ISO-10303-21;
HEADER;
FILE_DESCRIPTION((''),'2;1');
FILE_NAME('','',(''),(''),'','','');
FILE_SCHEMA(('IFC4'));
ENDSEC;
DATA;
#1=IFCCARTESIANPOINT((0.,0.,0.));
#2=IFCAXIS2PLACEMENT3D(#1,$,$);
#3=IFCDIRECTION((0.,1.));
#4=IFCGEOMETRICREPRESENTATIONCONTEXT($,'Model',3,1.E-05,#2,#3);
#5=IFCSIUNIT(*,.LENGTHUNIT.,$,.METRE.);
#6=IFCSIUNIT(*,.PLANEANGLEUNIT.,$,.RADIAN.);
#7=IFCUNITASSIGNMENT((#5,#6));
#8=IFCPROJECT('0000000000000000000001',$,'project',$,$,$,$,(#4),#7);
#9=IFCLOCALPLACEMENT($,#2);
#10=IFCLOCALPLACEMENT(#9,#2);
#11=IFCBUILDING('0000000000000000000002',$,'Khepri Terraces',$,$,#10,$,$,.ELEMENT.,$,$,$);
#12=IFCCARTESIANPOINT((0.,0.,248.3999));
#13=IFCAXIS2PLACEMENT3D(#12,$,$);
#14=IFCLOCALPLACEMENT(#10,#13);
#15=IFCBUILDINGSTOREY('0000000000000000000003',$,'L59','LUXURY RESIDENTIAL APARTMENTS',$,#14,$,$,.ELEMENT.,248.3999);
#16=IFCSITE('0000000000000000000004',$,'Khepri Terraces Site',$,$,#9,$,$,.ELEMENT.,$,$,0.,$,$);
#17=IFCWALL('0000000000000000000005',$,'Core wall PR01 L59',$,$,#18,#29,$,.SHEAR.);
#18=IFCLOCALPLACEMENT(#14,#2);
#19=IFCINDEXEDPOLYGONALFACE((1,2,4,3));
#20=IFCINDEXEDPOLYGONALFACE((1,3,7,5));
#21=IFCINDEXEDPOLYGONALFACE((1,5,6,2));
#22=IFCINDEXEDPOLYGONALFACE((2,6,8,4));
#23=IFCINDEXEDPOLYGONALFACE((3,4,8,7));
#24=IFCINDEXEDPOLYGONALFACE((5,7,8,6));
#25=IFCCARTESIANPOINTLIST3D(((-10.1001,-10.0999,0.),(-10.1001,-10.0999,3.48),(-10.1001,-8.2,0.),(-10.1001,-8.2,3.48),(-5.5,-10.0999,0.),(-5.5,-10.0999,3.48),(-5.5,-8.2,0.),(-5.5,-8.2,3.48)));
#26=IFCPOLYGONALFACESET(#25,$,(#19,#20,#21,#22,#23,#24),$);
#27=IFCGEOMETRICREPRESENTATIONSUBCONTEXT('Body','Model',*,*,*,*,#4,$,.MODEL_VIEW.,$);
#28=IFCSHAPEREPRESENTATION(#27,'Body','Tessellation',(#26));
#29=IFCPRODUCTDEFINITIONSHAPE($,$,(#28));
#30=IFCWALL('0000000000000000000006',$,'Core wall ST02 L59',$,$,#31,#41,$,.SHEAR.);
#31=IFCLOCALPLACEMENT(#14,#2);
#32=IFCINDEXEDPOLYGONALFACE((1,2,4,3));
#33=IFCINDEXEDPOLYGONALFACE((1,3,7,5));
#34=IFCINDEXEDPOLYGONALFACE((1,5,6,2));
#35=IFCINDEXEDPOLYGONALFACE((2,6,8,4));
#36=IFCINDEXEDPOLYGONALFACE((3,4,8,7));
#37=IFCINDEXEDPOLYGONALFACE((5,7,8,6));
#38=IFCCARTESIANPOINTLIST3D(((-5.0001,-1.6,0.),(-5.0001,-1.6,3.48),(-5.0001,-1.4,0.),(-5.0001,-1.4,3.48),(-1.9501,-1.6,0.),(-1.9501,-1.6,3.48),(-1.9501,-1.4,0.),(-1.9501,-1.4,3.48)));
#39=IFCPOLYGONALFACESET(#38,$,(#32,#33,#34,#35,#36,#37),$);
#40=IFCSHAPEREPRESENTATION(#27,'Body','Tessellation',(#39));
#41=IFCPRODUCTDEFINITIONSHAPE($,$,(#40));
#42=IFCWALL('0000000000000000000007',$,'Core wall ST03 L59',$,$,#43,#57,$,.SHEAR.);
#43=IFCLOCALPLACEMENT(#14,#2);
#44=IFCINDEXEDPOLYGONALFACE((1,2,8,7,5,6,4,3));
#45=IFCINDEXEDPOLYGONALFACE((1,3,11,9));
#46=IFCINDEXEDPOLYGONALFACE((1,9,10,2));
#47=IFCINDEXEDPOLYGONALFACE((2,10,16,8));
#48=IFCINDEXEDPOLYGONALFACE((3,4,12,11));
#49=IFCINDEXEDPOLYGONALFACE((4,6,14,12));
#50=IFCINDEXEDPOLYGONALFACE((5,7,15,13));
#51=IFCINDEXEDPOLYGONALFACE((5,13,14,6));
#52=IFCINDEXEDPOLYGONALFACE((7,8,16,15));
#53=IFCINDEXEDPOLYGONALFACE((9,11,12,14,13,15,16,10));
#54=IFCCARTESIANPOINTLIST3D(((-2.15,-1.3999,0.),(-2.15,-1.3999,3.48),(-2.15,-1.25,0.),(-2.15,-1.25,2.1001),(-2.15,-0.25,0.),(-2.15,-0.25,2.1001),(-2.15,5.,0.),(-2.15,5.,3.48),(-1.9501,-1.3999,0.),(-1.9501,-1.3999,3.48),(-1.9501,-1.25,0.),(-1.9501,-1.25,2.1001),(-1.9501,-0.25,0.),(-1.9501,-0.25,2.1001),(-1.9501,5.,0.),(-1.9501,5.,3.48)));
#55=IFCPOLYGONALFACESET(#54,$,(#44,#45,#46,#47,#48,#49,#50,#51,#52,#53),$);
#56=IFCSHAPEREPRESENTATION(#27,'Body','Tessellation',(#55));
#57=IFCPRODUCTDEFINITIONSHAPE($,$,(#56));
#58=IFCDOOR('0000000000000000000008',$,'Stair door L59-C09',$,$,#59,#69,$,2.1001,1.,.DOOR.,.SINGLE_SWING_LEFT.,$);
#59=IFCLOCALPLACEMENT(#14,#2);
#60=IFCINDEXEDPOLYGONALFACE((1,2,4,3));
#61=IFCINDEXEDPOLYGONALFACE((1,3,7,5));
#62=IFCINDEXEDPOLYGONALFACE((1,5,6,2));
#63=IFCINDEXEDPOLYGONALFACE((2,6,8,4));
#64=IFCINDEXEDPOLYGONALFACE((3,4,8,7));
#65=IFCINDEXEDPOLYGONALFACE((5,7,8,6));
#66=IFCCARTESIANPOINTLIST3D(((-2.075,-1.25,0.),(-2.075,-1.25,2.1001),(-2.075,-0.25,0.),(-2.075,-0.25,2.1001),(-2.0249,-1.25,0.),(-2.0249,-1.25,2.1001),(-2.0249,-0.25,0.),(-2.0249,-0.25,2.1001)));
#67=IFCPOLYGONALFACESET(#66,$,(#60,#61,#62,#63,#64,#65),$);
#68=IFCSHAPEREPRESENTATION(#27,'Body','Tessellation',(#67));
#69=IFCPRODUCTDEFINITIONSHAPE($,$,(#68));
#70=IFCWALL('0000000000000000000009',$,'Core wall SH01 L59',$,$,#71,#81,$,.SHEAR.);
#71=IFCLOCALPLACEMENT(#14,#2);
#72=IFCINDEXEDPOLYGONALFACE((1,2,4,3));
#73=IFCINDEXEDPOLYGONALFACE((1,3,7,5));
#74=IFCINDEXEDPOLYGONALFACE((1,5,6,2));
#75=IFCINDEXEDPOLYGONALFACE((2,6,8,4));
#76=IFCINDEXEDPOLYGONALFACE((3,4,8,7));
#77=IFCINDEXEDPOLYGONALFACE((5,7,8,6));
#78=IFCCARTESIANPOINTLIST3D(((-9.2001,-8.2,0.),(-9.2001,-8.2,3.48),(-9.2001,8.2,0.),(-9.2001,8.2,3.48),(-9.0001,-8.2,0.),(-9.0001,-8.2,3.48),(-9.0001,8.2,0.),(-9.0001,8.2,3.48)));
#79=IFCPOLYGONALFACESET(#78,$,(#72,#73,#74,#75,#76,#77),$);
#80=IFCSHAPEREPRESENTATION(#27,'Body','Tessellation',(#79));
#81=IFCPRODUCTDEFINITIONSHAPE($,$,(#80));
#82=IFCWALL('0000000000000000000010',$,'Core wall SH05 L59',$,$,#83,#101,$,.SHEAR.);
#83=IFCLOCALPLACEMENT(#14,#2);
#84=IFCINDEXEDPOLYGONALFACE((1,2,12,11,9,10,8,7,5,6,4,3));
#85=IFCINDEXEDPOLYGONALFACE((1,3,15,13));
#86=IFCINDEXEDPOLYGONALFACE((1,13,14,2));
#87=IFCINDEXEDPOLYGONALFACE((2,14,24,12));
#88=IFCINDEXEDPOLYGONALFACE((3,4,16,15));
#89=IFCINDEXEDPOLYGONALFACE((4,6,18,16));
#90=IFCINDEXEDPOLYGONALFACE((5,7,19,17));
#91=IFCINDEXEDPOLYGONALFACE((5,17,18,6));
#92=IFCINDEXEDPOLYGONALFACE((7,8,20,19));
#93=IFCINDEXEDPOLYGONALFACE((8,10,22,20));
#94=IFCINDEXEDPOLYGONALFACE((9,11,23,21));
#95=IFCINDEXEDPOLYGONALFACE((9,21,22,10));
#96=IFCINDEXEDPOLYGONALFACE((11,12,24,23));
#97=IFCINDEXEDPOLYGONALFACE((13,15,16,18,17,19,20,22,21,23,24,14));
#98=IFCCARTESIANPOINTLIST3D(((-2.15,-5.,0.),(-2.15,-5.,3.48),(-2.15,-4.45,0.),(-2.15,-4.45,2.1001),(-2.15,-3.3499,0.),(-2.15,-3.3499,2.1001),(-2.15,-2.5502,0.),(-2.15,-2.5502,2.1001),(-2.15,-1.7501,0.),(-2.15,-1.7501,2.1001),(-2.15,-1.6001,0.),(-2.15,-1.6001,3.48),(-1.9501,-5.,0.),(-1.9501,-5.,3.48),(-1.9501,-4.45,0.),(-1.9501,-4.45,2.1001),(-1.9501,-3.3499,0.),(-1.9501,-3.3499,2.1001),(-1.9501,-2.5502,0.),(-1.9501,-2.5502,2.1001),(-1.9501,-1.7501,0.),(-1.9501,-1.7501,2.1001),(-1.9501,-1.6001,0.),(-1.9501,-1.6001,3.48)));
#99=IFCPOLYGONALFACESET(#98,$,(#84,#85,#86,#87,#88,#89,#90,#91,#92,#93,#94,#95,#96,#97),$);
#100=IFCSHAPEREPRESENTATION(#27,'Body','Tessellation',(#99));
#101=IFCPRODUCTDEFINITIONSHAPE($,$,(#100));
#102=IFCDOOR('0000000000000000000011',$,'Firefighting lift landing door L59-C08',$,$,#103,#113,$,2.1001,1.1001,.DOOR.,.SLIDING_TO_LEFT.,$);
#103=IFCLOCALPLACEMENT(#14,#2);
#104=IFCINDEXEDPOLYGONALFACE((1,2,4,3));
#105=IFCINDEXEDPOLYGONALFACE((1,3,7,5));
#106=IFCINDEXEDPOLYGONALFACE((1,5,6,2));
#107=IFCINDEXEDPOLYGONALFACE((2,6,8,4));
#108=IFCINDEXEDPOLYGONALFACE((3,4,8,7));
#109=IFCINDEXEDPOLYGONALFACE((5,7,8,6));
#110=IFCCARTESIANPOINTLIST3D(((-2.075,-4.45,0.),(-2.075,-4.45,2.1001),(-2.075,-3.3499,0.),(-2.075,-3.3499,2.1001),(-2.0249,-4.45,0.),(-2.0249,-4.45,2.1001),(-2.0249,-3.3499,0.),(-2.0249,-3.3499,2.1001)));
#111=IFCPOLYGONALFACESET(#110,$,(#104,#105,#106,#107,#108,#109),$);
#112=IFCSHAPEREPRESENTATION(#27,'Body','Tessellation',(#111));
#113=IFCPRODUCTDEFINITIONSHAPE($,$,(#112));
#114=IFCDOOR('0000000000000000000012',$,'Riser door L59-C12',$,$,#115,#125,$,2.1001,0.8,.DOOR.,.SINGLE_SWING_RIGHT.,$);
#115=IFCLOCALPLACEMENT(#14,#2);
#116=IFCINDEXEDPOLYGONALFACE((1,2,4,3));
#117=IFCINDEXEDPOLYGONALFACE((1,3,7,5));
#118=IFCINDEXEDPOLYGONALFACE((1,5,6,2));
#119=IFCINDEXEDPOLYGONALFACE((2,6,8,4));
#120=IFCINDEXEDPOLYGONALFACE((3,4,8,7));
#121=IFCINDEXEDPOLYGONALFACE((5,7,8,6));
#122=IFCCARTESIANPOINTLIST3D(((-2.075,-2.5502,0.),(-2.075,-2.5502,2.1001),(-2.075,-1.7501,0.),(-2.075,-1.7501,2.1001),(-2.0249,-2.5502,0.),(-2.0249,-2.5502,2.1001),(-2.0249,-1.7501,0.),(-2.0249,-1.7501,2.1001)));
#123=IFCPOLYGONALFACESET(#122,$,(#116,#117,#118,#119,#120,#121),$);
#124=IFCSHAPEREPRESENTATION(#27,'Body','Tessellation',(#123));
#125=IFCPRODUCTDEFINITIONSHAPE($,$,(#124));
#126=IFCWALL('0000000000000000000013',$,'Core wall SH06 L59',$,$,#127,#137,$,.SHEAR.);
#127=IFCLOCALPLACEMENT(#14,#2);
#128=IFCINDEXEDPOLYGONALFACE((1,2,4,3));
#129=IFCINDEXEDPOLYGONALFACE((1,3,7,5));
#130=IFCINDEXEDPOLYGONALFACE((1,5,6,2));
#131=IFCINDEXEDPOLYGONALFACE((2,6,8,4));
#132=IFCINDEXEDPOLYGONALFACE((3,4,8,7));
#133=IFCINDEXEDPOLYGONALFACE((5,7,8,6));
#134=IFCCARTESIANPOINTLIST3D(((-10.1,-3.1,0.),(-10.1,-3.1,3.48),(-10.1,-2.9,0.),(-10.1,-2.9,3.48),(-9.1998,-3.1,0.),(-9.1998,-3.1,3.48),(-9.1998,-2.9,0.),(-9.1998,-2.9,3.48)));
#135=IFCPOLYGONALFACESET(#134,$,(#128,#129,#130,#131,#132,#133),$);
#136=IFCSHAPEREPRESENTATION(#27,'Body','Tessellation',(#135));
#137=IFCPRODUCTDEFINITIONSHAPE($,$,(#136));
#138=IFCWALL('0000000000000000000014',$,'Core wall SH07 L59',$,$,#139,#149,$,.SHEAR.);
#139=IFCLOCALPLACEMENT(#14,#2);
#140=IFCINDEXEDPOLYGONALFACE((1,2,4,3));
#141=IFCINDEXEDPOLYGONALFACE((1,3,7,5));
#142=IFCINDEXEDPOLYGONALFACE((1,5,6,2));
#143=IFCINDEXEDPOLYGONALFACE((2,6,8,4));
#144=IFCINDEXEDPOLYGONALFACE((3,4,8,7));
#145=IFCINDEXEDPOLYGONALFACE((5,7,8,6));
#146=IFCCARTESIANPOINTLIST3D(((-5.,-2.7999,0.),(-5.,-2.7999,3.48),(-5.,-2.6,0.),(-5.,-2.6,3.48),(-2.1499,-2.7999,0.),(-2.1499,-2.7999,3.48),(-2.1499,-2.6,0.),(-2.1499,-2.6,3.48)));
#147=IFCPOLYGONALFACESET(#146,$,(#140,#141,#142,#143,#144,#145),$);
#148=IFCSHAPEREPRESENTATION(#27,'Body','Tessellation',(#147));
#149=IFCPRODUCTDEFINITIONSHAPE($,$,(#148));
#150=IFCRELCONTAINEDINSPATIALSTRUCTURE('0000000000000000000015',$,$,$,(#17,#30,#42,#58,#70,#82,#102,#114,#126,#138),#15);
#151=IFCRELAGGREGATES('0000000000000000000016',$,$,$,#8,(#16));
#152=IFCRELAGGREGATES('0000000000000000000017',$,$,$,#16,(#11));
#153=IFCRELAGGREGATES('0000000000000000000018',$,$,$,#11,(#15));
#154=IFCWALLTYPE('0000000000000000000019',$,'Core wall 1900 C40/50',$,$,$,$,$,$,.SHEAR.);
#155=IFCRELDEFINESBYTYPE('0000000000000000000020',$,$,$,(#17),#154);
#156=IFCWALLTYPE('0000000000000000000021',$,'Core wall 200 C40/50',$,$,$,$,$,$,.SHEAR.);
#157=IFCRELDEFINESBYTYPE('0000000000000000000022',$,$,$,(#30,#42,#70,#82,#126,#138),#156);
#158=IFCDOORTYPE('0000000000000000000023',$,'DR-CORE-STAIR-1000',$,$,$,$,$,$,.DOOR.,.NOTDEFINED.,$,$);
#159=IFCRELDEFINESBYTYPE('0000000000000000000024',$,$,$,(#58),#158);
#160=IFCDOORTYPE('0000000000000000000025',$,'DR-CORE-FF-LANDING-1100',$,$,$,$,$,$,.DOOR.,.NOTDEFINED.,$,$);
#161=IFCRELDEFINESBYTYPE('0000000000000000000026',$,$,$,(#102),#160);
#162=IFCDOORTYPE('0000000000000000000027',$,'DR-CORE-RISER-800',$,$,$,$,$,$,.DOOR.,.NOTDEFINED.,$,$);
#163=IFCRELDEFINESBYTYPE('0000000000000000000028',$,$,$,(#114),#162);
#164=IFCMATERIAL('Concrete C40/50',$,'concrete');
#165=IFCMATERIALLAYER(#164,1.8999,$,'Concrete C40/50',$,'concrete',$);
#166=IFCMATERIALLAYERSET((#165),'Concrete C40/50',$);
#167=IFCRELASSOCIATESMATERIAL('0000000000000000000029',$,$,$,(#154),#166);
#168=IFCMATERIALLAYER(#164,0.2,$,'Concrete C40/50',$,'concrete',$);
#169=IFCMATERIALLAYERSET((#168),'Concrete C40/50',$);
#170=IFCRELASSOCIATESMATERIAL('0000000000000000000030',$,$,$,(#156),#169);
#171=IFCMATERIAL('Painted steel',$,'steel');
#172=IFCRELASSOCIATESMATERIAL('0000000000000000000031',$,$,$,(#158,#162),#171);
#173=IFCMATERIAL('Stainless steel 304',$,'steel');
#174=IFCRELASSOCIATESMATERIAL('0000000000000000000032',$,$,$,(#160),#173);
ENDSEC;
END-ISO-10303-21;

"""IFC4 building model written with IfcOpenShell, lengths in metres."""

from ifc_helpers import new_model, si_unit, direction, frame, frame_2d, origin, place, context, subcontext, project, spatial, rectangle, extrude, material, layer, layer_set, type_object, element, fill, save


model = new_model("IFC4")

# Units and contexts
model_context = context("Model", 3, precision=1e-05, world=origin(), true_north=direction((0.0, 1.0)))
body_context = subcontext(model_context, "Body", "Model", "MODEL_VIEW")
ifc_project = project(units=[si_unit("LENGTHUNIT", "METRE"), si_unit("PLANEANGLEUNIT", "RADIAN")], contexts=[model_context])

# Site, building, storey
site_placement = place(None, origin())
site = spatial("IfcSite", under=ifc_project, at=site_placement, Name="Khepri Terraces Site", CompositionType="ELEMENT", RefElevation=0.0)
building_placement = place(site_placement, origin())
building = spatial("IfcBuilding", under=site, at=building_placement, Name="Khepri Terraces", CompositionType="ELEMENT")
storey_placement = place(building_placement, frame((0.0, 0.0, 248.3999)))
storey = spatial("IfcBuildingStorey", under=building, at=storey_placement, Name="L59", Description="LUXURY RESIDENTIAL APARTMENTS", CompositionType="ELEMENT", Elevation=248.3999)

# Walls
ifc_material_1 = material(Name="Concrete C40/50", Category="concrete")
ifc_layer_1 = layer(ifc_material_1, 1.8999, Name="Concrete C40/50", Category="concrete")
ifc_layer_set_1 = layer_set([ifc_layer_1], Name="Concrete C40/50")
wall_type_1 = type_object("IfcWallType", Name="Core wall 1900 C40/50", PredefinedType="SHEAR", material=ifc_layer_set_1)
wall_1_placement = place(storey_placement, frame((-10.1001, -9.1499, 0.0), z_axis=(0.0, 0.0, 1.0), x_axis=(1.0, 0.0, 0.0)))
element("IfcWall", 1, at=wall_1_placement, inside=storey, type_object=wall_type_1, Name="Core wall PR01 L59", PredefinedType="SHEAR", context=body_context, shape_type="SweptSolid", body=[
    extrude(rectangle(XDim=4.6001, YDim=1.8999, at=frame_2d((2.3, 0.0))), origin(), (0.0, 0.0, 1.0), 3.48),
])
ifc_layer_2 = layer(ifc_material_1, 0.2, Name="Concrete C40/50", Category="concrete")
ifc_layer_set_2 = layer_set([ifc_layer_2], Name="Concrete C40/50")
wall_type_2 = type_object("IfcWallType", Name="Core wall 200 C40/50", PredefinedType="SHEAR", material=ifc_layer_set_2)
wall_2_placement = place(storey_placement, frame((-5.0, -1.5, 0.0), z_axis=(0.0, 0.0, 1.0), x_axis=(1.0, 0.0, 0.0)))
element("IfcWall", 2, at=wall_2_placement, inside=storey, type_object=wall_type_2, Name="Core wall ST02 L59", PredefinedType="SHEAR", context=body_context, shape_type="SweptSolid", body=[
    extrude(rectangle(XDim=3.05, YDim=0.2, at=frame_2d((1.5249, 0.0))), origin(), (0.0, 0.0, 1.0), 3.48),
])

# Wall, opening, door
wall_3_placement = place(storey_placement, frame((-2.05, -1.3999, 0.0), z_axis=(0.0, 0.0, 1.0), x_axis=(0.0, 1.0, 0.0)))
wall_3 = element("IfcWall", 3, at=wall_3_placement, inside=storey, type_object=wall_type_2, Name="Core wall ST03 L59", PredefinedType="SHEAR", context=body_context, shape_type="SweptSolid", body=[
    extrude(rectangle(XDim=6.3999, YDim=0.2, at=frame_2d((3.2, 0.0))), origin(), (0.0, 0.0, 1.0), 3.48),
])
opening_1_placement = place(wall_3_placement, frame((0.1499, 0.0, 0.0)))
opening_1 = element("IfcOpeningElement", 4, at=opening_1_placement, cuts=wall_3, PredefinedType="OPENING", context=body_context, shape_type="SweptSolid", body=[
    extrude(rectangle(XDim=1.0, YDim=2.1001, at=frame_2d((0.5, 1.05))), frame((0.0, 0.1099, 0.0), z_axis=(0.0, -1.0, 0.0), x_axis=(1.0, 0.0, 0.0)), (0.0, 0.0, 1.0), 0.22),
])
ifc_material_2 = material(Name="Painted steel", Category="steel")
door_type_1 = type_object("IfcDoorType", Name="DR-CORE-STAIR-1000", OperationType="NOTDEFINED", PredefinedType="DOOR", material=ifc_material_2)
door_1_placement = place(opening_1_placement, origin())
door_1 = element("IfcDoor", 5, at=door_1_placement, inside=storey, type_object=door_type_1, Name="Stair door L59-C09", OperationType="SINGLE_SWING_LEFT", OverallHeight=2.1001, OverallWidth=1.0, PredefinedType="DOOR", context=body_context, shape_type="SweptSolid", body=[
    extrude(rectangle(XDim=1.0, YDim=2.1001, at=frame_2d((0.5, 1.05))), frame((0.0, 0.0249, 0.0), z_axis=(0.0, -1.0, 0.0), x_axis=(1.0, 0.0, 0.0)), (0.0, 0.0, 1.0), 0.05),
])
fill(opening_1, door_1)

# Wall
wall_4_placement = place(storey_placement, frame((-9.1001, -8.2, 0.0), z_axis=(0.0, 0.0, 1.0), x_axis=(0.0, 1.0, 0.0)))
element("IfcWall", 6, at=wall_4_placement, inside=storey, type_object=wall_type_2, Name="Core wall SH01 L59", PredefinedType="SHEAR", context=body_context, shape_type="SweptSolid", body=[
    extrude(rectangle(XDim=16.3999, YDim=0.2, at=frame_2d((8.2, 0.0))), origin(), (0.0, 0.0, 1.0), 3.48),
])

# Wall, openings, doors
wall_5_placement = place(storey_placement, frame((-2.05, -5.0, 0.0), z_axis=(0.0, 0.0, 1.0), x_axis=(0.0, 1.0, 0.0)))
wall_5 = element("IfcWall", 7, at=wall_5_placement, inside=storey, type_object=wall_type_2, Name="Core wall SH05 L59", PredefinedType="SHEAR", context=body_context, shape_type="SweptSolid", body=[
    extrude(rectangle(XDim=3.3999, YDim=0.2, at=frame_2d((1.7, 0.0))), origin(), (0.0, 0.0, 1.0), 3.48),
])
opening_2_placement = place(wall_5_placement, frame((0.55, 0.0, 0.0)))
opening_2 = element("IfcOpeningElement", 8, at=opening_2_placement, cuts=wall_5, PredefinedType="OPENING", context=body_context, shape_type="SweptSolid", body=[
    extrude(rectangle(XDim=1.1001, YDim=2.1001, at=frame_2d((0.55, 1.05))), frame((0.0, 0.1099, 0.0), z_axis=(0.0, -1.0, 0.0), x_axis=(1.0, 0.0, 0.0)), (0.0, 0.0, 1.0), 0.22),
])
opening_3_placement = place(wall_5_placement, frame((2.45, 0.0, 0.0)))
opening_3 = element("IfcOpeningElement", 9, at=opening_3_placement, cuts=wall_5, PredefinedType="OPENING", context=body_context, shape_type="SweptSolid", body=[
    extrude(rectangle(XDim=0.8, YDim=2.1001, at=frame_2d((0.3999, 1.05))), frame((0.0, 0.1099, 0.0), z_axis=(0.0, -1.0, 0.0), x_axis=(1.0, 0.0, 0.0)), (0.0, 0.0, 1.0), 0.22),
])
ifc_material_3 = material(Name="Stainless steel 304", Category="steel")
door_type_2 = type_object("IfcDoorType", Name="DR-CORE-FF-LANDING-1100", OperationType="NOTDEFINED", PredefinedType="DOOR", material=ifc_material_3)
door_2_placement = place(opening_2_placement, origin())
door_2 = element("IfcDoor", 10, at=door_2_placement, inside=storey, type_object=door_type_2, Name="Firefighting lift landing door L59-C08", OperationType="SLIDING_TO_LEFT", OverallHeight=2.1001, OverallWidth=1.1001, PredefinedType="DOOR", context=body_context, shape_type="SweptSolid", body=[
    extrude(rectangle(XDim=1.1001, YDim=2.1001, at=frame_2d((0.55, 1.05))), frame((0.0, 0.0249, 0.0), z_axis=(0.0, -1.0, 0.0), x_axis=(1.0, 0.0, 0.0)), (0.0, 0.0, 1.0), 0.05),
])
fill(opening_2, door_2)
door_type_3 = type_object("IfcDoorType", Name="DR-CORE-RISER-800", OperationType="NOTDEFINED", PredefinedType="DOOR", material=ifc_material_2)
door_3_placement = place(opening_3_placement, origin())
door_3 = element("IfcDoor", 11, at=door_3_placement, inside=storey, type_object=door_type_3, Name="Riser door L59-C12", OperationType="SINGLE_SWING_RIGHT", OverallHeight=2.1001, OverallWidth=0.8, PredefinedType="DOOR", context=body_context, shape_type="SweptSolid", body=[
    extrude(rectangle(XDim=0.8, YDim=2.1001, at=frame_2d((0.3999, 1.05))), frame((0.0, 0.0249, 0.0), z_axis=(0.0, -1.0, 0.0), x_axis=(1.0, 0.0, 0.0)), (0.0, 0.0, 1.0), 0.05),
])
fill(opening_3, door_3)

# Walls
wall_6_placement = place(storey_placement, frame((-10.1001, -3.0, 0.0), z_axis=(0.0, 0.0, 1.0), x_axis=(1.0, 0.0, 0.0)))
element("IfcWall", 12, at=wall_6_placement, inside=storey, type_object=wall_type_2, Name="Core wall SH06 L59", PredefinedType="SHEAR", context=body_context, shape_type="SweptSolid", body=[
    extrude(rectangle(XDim=0.9001, YDim=0.2, at=frame_2d((0.4502, 0.0))), origin(), (0.0, 0.0, 1.0), 3.48),
])
wall_7_placement = place(storey_placement, frame((-5.0, -2.7, 0.0), z_axis=(0.0, 0.0, 1.0), x_axis=(1.0, 0.0, 0.0)))
element("IfcWall", 13, at=wall_7_placement, inside=storey, type_object=wall_type_2, Name="Core wall SH07 L59", PredefinedType="SHEAR", context=body_context, shape_type="SweptSolid", body=[
    extrude(rectangle(XDim=2.8501, YDim=0.2, at=frame_2d((1.425, 0.0))), origin(), (0.0, 0.0, 1.0), 3.48),
])

save(model, "model.ifc")
